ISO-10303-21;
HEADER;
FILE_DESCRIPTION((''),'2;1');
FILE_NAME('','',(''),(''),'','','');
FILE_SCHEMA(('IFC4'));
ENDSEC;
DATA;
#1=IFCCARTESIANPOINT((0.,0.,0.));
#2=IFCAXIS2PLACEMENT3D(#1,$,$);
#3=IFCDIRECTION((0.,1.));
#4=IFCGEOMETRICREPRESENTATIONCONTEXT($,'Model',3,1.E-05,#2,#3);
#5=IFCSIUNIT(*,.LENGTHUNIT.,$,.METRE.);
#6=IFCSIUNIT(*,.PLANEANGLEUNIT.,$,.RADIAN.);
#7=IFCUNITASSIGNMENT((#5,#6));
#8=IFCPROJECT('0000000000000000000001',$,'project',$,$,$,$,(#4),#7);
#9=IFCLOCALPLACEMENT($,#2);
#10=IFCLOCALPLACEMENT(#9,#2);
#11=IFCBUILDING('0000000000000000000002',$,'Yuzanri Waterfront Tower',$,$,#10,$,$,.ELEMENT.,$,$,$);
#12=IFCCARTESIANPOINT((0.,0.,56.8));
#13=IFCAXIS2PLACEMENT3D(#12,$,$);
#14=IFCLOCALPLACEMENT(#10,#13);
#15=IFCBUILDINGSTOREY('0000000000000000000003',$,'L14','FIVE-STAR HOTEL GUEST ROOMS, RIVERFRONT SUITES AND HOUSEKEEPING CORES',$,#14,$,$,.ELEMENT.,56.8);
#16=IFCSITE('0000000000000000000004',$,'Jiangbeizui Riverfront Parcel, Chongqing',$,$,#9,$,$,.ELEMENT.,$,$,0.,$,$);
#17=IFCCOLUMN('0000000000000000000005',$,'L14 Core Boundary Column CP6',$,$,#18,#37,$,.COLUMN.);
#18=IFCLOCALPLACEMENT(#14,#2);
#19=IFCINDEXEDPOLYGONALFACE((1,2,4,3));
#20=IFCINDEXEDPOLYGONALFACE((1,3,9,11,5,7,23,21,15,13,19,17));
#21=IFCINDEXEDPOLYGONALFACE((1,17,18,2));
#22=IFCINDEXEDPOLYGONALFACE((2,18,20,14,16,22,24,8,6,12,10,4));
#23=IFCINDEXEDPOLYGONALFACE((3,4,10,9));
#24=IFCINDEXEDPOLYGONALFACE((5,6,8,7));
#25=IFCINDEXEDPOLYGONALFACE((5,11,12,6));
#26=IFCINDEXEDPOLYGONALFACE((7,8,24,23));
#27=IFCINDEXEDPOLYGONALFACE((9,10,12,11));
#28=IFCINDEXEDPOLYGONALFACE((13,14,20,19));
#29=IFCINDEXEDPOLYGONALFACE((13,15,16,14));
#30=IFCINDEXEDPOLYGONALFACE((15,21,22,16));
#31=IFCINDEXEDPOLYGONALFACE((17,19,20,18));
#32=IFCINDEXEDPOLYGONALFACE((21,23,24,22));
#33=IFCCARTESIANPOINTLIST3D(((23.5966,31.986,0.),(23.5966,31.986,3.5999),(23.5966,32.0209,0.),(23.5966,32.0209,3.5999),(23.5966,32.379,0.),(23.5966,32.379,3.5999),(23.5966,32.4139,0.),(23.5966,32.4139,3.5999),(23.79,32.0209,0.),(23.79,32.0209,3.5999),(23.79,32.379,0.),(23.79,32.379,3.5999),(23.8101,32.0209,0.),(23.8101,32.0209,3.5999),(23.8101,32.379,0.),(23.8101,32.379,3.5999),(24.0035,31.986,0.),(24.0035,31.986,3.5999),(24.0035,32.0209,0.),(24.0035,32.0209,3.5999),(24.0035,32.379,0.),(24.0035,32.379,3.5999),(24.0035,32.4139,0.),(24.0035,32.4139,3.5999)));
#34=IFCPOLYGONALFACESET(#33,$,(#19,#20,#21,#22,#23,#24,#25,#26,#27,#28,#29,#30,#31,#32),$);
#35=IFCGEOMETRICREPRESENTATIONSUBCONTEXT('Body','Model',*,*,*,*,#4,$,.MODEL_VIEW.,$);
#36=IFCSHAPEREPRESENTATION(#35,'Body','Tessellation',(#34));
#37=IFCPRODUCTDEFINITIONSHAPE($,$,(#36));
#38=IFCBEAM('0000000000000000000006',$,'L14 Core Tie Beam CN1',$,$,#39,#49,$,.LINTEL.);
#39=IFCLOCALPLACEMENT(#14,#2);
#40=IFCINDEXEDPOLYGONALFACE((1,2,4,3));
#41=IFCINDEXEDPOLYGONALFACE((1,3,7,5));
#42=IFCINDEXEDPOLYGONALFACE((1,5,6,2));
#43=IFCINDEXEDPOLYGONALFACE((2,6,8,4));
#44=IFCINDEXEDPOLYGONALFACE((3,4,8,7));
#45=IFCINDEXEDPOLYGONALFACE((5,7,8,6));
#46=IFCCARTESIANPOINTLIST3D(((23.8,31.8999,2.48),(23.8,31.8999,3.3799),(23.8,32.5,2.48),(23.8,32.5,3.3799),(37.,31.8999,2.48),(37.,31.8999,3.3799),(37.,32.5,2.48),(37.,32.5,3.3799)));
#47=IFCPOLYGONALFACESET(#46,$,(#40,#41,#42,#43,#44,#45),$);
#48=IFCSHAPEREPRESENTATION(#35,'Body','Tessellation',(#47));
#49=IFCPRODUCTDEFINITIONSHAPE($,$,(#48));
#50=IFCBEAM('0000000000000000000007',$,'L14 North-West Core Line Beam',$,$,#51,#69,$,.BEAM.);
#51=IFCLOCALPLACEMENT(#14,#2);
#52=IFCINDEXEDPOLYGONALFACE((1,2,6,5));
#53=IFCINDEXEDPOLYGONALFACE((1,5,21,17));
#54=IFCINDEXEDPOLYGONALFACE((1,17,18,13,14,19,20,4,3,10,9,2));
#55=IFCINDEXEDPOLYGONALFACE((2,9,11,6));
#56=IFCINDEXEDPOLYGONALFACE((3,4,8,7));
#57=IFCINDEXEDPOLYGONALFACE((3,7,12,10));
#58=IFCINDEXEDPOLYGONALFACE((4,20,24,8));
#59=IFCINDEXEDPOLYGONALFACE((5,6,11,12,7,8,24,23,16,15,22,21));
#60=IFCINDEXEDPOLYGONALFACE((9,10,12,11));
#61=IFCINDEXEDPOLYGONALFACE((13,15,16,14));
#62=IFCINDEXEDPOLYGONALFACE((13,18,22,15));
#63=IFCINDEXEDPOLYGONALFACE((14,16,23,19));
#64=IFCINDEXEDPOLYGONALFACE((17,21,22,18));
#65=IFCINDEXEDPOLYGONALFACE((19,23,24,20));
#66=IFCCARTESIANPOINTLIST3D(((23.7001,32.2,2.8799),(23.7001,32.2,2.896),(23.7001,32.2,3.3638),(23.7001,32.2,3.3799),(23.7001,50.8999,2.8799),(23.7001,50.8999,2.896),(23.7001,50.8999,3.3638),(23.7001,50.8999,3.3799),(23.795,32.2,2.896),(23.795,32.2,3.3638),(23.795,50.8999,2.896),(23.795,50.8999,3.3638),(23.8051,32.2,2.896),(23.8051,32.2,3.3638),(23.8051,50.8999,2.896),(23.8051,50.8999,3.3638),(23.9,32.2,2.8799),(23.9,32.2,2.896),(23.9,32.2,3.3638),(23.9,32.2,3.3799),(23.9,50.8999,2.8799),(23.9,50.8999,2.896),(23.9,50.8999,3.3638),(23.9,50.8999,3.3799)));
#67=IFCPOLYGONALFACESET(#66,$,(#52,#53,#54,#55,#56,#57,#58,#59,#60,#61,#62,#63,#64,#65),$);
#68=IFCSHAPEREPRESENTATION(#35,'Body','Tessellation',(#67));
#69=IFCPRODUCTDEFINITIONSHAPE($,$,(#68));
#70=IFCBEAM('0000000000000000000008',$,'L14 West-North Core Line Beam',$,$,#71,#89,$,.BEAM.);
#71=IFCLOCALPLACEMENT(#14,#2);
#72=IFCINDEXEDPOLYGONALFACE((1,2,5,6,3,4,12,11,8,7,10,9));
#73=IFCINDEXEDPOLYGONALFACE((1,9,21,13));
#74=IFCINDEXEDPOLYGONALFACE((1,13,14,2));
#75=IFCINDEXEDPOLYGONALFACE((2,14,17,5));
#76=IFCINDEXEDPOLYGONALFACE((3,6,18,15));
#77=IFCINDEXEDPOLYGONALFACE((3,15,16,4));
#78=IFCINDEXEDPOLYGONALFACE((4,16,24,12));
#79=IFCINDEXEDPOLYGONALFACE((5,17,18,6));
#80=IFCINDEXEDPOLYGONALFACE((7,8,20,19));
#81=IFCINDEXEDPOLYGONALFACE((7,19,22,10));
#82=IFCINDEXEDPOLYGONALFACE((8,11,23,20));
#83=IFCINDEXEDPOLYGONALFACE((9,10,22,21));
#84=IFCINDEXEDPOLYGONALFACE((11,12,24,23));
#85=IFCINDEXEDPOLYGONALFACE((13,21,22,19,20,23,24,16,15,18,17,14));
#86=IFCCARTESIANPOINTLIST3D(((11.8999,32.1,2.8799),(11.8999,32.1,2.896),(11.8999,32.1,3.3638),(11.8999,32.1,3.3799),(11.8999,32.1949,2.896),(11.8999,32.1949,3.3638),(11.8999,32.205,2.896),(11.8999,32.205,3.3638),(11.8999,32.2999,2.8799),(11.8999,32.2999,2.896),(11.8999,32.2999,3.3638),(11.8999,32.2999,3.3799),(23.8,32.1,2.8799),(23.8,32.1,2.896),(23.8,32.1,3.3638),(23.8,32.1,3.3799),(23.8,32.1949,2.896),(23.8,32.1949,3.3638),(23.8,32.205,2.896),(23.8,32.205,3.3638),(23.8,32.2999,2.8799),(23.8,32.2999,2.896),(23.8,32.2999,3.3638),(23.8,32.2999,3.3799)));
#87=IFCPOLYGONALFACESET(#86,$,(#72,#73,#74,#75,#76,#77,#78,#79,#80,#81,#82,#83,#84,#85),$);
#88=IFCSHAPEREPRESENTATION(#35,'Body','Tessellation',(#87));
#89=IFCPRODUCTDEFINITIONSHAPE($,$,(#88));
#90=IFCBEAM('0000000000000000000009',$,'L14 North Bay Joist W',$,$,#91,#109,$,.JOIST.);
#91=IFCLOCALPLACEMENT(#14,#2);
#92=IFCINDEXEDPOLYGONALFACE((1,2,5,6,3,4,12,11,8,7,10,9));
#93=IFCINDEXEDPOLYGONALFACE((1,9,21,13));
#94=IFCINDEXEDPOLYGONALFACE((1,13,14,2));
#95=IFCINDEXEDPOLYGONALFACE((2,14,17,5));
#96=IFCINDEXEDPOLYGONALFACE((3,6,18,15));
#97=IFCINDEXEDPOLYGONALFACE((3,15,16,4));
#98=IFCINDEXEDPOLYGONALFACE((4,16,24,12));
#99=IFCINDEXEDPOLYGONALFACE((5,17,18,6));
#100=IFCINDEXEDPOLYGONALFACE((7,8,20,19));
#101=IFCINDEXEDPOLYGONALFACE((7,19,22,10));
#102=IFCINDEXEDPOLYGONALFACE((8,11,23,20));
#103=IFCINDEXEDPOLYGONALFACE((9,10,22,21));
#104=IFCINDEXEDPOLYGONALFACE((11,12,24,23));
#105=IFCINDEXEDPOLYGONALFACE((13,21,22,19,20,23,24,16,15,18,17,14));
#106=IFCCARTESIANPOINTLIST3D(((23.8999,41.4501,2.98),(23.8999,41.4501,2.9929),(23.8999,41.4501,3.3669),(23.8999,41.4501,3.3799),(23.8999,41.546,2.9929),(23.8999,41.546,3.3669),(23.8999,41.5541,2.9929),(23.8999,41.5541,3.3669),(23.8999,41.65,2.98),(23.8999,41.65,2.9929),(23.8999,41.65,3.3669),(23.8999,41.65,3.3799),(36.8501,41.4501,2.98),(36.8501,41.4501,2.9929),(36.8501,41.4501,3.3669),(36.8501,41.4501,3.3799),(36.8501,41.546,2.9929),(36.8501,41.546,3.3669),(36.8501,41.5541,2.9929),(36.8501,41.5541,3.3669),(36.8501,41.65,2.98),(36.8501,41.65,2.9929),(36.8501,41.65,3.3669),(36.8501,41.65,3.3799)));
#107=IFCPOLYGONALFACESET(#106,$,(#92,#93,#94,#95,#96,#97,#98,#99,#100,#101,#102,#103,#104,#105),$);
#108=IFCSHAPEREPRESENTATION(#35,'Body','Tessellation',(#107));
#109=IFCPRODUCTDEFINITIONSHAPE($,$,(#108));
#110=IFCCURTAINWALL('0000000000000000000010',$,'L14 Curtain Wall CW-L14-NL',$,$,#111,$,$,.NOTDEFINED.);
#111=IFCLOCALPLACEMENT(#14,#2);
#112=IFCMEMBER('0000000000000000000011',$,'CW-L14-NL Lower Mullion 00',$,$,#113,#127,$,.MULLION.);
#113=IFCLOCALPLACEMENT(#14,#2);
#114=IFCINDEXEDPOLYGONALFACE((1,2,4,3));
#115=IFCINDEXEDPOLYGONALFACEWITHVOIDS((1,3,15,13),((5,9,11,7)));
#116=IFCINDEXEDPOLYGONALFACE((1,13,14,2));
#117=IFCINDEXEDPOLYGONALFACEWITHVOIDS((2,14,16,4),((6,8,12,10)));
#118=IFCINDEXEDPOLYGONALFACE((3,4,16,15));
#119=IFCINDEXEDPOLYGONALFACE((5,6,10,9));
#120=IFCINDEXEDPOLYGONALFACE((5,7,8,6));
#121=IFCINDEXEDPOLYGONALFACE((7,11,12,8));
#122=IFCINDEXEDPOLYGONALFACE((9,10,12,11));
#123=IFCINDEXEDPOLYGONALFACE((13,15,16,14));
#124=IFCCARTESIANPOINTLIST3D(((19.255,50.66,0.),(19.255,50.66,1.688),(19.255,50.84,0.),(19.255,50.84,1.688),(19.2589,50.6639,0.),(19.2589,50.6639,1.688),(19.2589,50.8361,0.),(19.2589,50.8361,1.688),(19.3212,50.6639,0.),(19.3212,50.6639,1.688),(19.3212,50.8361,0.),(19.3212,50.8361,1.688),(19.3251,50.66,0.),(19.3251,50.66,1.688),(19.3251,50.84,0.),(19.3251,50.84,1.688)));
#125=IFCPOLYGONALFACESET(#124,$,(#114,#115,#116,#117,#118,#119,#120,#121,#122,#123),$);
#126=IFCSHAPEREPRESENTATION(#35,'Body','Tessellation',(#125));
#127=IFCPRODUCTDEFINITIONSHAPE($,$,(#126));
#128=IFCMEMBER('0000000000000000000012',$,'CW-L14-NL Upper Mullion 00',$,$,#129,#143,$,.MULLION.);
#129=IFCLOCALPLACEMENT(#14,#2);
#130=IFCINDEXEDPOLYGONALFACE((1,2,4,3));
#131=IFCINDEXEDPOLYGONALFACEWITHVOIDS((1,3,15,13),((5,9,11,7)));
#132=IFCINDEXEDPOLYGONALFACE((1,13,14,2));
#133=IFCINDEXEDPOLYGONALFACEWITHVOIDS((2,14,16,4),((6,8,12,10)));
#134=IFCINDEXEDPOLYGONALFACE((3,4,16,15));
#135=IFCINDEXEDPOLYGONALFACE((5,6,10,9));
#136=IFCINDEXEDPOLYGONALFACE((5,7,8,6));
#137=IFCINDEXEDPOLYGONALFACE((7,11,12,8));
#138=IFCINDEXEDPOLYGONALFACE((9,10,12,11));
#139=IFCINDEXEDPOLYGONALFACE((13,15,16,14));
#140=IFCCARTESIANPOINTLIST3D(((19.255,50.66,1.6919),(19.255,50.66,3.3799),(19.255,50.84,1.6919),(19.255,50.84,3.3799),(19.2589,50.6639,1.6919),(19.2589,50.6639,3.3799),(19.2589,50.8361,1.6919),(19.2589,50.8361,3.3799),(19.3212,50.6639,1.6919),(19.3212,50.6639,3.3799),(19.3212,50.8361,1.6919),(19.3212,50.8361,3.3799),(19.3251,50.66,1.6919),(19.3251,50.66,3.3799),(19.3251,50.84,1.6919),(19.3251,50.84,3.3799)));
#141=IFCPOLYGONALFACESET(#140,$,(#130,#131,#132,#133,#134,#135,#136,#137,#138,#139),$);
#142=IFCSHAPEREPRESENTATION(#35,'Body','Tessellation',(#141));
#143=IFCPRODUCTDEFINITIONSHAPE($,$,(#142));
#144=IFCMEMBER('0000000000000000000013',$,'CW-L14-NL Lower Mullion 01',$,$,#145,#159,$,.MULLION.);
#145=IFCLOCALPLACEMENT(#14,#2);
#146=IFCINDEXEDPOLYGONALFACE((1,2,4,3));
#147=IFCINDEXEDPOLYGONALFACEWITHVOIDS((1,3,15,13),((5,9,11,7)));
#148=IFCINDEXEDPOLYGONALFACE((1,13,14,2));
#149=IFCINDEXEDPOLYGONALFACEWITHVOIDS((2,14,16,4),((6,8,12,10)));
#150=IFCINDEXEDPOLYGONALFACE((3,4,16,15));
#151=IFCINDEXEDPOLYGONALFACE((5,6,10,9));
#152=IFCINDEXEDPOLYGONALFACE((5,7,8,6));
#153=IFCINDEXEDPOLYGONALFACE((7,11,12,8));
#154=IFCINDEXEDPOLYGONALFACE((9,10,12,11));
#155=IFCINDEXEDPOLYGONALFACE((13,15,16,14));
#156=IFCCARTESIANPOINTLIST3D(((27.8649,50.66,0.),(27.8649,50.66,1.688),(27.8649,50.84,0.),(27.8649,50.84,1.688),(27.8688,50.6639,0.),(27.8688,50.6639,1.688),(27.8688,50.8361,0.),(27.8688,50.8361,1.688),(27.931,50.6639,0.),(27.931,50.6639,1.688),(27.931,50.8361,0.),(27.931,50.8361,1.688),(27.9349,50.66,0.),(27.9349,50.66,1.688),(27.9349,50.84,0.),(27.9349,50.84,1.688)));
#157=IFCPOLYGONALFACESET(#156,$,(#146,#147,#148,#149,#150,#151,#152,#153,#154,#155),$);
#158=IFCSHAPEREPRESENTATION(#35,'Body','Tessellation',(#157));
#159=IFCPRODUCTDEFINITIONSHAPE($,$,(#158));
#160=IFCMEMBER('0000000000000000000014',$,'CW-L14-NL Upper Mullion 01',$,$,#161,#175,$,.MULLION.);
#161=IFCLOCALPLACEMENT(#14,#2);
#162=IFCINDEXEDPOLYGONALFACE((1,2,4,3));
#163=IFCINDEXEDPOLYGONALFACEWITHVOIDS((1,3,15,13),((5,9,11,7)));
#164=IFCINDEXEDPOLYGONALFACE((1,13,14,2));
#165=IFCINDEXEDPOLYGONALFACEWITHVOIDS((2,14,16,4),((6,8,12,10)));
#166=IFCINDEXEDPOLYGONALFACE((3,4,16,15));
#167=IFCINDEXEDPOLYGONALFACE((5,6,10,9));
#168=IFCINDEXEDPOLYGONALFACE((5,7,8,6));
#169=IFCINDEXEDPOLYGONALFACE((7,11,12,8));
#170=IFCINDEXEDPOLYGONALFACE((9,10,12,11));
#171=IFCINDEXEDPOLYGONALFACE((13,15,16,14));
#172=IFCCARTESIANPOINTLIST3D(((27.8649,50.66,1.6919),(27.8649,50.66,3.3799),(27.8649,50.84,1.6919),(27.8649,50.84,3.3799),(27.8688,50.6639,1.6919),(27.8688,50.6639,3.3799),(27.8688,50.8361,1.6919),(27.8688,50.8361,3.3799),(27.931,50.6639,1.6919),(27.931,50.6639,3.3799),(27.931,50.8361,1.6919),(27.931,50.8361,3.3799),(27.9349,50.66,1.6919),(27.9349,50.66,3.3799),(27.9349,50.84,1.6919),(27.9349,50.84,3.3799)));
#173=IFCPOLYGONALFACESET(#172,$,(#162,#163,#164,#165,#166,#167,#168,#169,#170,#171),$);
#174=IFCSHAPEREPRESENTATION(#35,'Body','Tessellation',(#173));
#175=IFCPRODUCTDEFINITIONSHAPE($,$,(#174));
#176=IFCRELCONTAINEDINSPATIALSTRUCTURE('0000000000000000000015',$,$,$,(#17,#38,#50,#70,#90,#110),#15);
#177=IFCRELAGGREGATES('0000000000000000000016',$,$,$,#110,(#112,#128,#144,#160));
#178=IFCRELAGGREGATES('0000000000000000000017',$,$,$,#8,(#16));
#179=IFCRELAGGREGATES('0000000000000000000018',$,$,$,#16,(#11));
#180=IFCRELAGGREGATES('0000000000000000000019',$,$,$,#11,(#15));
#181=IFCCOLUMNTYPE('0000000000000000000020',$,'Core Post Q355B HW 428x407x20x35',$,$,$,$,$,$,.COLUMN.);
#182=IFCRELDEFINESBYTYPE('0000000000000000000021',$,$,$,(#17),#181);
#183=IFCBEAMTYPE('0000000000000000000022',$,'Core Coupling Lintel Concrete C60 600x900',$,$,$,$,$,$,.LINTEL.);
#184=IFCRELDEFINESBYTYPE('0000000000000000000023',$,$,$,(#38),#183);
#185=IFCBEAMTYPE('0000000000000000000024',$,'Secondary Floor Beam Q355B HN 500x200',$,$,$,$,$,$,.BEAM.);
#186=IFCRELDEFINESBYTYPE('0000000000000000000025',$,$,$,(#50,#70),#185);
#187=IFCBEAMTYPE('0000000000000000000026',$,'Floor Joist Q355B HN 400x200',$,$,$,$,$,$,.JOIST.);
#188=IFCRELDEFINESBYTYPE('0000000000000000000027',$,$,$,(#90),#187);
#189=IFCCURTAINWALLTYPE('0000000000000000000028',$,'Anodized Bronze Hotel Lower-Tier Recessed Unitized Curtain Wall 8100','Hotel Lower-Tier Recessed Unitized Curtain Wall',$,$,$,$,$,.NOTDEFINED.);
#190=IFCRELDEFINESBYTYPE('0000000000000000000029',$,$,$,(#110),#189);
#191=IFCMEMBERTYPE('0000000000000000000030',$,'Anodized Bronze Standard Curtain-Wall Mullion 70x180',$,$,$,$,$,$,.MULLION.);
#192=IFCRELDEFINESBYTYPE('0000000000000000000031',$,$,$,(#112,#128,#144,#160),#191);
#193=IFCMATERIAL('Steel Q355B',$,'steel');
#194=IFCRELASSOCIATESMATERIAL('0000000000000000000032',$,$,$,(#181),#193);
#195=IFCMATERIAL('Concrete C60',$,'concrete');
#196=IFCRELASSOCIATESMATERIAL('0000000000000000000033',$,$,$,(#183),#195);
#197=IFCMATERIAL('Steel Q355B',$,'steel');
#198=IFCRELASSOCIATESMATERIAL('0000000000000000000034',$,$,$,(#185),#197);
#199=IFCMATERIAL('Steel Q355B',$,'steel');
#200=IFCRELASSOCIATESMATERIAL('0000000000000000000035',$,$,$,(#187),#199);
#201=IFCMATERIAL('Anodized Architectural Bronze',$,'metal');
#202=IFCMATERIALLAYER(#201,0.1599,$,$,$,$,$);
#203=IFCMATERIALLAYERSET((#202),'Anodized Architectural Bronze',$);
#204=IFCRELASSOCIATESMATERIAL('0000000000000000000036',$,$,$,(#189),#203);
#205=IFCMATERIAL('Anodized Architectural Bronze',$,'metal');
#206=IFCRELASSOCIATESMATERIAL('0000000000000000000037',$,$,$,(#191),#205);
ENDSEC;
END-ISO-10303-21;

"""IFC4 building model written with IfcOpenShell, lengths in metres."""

from ifc_helpers import new_model, si_unit, direction, frame, origin, origin_2d, place, context, subcontext, project, spatial, rectangle, hollow_rectangle, i_section, extrude, source, transform, mapped, material, layer, layer_set, material_profile, profile_set, type_object, element, aggregate, save


model = new_model("IFC4")

# Units and contexts
model_context = context("Model", 3, precision=1e-05, world=origin(), true_north=direction((0.0, 1.0)))
body_context = subcontext(model_context, "Body", "Model", "MODEL_VIEW")
ifc_project = project(units=[si_unit("LENGTHUNIT", "METRE"), si_unit("PLANEANGLEUNIT", "RADIAN")], contexts=[model_context])

# Site, building, storey
site_placement = place(None, origin())
site = spatial("IfcSite", under=ifc_project, at=site_placement, Name="Jiangbeizui Riverfront Parcel, Chongqing", CompositionType="ELEMENT", RefElevation=0.0)
building_placement = place(site_placement, origin())
building = spatial("IfcBuilding", under=site, at=building_placement, Name="Yuzanri Waterfront Tower", CompositionType="ELEMENT")
storey_placement = place(building_placement, frame((0.0, 0.0, 56.8)))
storey = spatial("IfcBuildingStorey", under=building, at=storey_placement, Name="L14", Description="FIVE-STAR HOTEL GUEST ROOMS, RIVERFRONT SUITES AND HOUSEKEEPING CORES", CompositionType="ELEMENT", Elevation=56.8)

# Column
ifc_material_1 = material(Name="Steel Q355B", Category="steel")
ifc_material_profile_1 = material_profile(ifc_material_1, i_section(OverallWidth=0.407, OverallDepth=0.428, WebThickness=0.02, FlangeThickness=0.0349, at=origin_2d()), Name="HW 428x407x20x35")
ifc_profile_set_1 = profile_set([ifc_material_profile_1], Name="Steel Q355B")
column_type = type_object("IfcColumnType", Name="Core Post Q355B HW 428x407x20x35", PredefinedType="COLUMN", material=ifc_profile_set_1)
shared_shape_1 = source(origin(), body_context, "Body", "SweptSolid", [
    extrude(i_section(OverallWidth=0.407, OverallDepth=0.428, WebThickness=0.02, FlangeThickness=0.0349, at=origin_2d()), origin(), (0.0, 0.0, 1.0), 3.5999),
])
column_placement = place(storey_placement, frame((23.8, 32.2, 0.0), z_axis=(0.0, 0.0, 1.0), x_axis=(1.0, 0.0, 0.0)))
element("IfcColumn", 1, at=column_placement, inside=storey, type_object=column_type, Name="L14 Core Boundary Column CP6", PredefinedType="COLUMN", context=body_context, shape_type="MappedRepresentation", body=[
    mapped(shared_shape_1, transform((0.0, 0.0, 0.0), scale=1.0)),
])

# Beams
ifc_material_2 = material(Name="Concrete C60", Category="concrete")
ifc_material_profile_2 = material_profile(ifc_material_2, rectangle(XDim=0.6001, YDim=0.8999, at=origin_2d()), Name="RC 600x900")
ifc_profile_set_2 = profile_set([ifc_material_profile_2], Name="Concrete C60")
beam_type_1 = type_object("IfcBeamType", Name="Core Coupling Lintel Concrete C60 600x900", PredefinedType="LINTEL", material=ifc_profile_set_2)
shared_shape_2 = source(origin(), body_context, "Body", "SweptSolid", [
    extrude(rectangle(XDim=0.6001, YDim=0.8999, at=origin_2d()), origin(), (0.0, 0.0, 1.0), 13.2),
])
beam_1_placement = place(storey_placement, frame((23.8, 32.2, 2.9299), z_axis=(1.0, 0.0, 0.0), x_axis=(0.0, 1.0, 0.0)))
element("IfcBeam", 2, at=beam_1_placement, inside=storey, type_object=beam_type_1, Name="L14 Core Tie Beam CN1", PredefinedType="LINTEL", context=body_context, shape_type="MappedRepresentation", body=[
    mapped(shared_shape_2, transform((0.0, 0.0, 0.0), scale=1.0)),
])
ifc_material_3 = material(Name="Steel Q355B", Category="steel")
ifc_material_profile_3 = material_profile(ifc_material_3, i_section(OverallWidth=0.2, OverallDepth=0.5, WebThickness=0.01, FlangeThickness=0.0161, at=origin_2d()), Name="HN 500x200x10x16")
ifc_profile_set_3 = profile_set([ifc_material_profile_3], Name="Steel Q355B")
beam_type_2 = type_object("IfcBeamType", Name="Secondary Floor Beam Q355B HN 500x200", PredefinedType="BEAM", material=ifc_profile_set_3)
shared_shape_3 = source(origin(), body_context, "Body", "SweptSolid", [
    extrude(i_section(OverallWidth=0.2, OverallDepth=0.5, WebThickness=0.01, FlangeThickness=0.0161, at=origin_2d()), origin(), (0.0, 0.0, 1.0), 18.7),
])
beam_2_placement = place(storey_placement, frame((23.8, 32.2, 3.1299), z_axis=(0.0, 1.0, 0.0), x_axis=(-1.0, 0.0, 0.0)))
element("IfcBeam", 3, at=beam_2_placement, inside=storey, type_object=beam_type_2, Name="L14 North-West Core Line Beam", PredefinedType="BEAM", context=body_context, shape_type="MappedRepresentation", body=[
    mapped(shared_shape_3, transform((0.0, 0.0, 0.0), scale=1.0)),
])
shared_shape_4 = source(origin(), body_context, "Body", "SweptSolid", [
    extrude(i_section(OverallWidth=0.2, OverallDepth=0.5, WebThickness=0.01, FlangeThickness=0.0161, at=origin_2d()), origin(), (0.0, 0.0, 1.0), 11.9001),
])
beam_3_placement = place(storey_placement, frame((23.8, 32.2, 3.1299), z_axis=(-1.0, 0.0, 0.0), x_axis=(0.0, -1.0, 0.0)))
element("IfcBeam", 4, at=beam_3_placement, inside=storey, type_object=beam_type_2, Name="L14 West-North Core Line Beam", PredefinedType="BEAM", context=body_context, shape_type="MappedRepresentation", body=[
    mapped(shared_shape_4, transform((0.0, 0.0, 0.0), scale=1.0)),
])
ifc_material_4 = material(Name="Steel Q355B", Category="steel")
ifc_material_profile_4 = material_profile(ifc_material_4, i_section(OverallWidth=0.2, OverallDepth=0.3999, WebThickness=0.0081, FlangeThickness=0.0129, at=origin_2d()), Name="HN 400x200x8x13")
ifc_profile_set_4 = profile_set([ifc_material_profile_4], Name="Steel Q355B")
beam_type_3 = type_object("IfcBeamType", Name="Floor Joist Q355B HN 400x200", PredefinedType="JOIST", material=ifc_profile_set_4)
shared_shape_5 = source(origin(), body_context, "Body", "SweptSolid", [
    extrude(i_section(OverallWidth=0.2, OverallDepth=0.3999, WebThickness=0.0081, FlangeThickness=0.0129, at=origin_2d()), origin(), (0.0, 0.0, 1.0), 12.9502),
])
beam_4_placement = place(storey_placement, frame((23.8999, 41.55, 3.1799), z_axis=(1.0, 0.0, 0.0), x_axis=(0.0, 1.0, 0.0)))
element("IfcBeam", 5, at=beam_4_placement, inside=storey, type_object=beam_type_3, Name="L14 North Bay Joist W", PredefinedType="JOIST", context=body_context, shape_type="MappedRepresentation", body=[
    mapped(shared_shape_5, transform((0.0, 0.0, 0.0), scale=1.0)),
])

# Curtain wall, members
ifc_material_5 = material(Name="Anodized Architectural Bronze", Category="metal")
ifc_layer_1 = layer(ifc_material_5, 0.1599)
ifc_layer_set_1 = layer_set([ifc_layer_1], Name="Anodized Architectural Bronze")
curtain_wall_type = type_object("IfcCurtainWallType", Name="Anodized Bronze Hotel Lower-Tier Recessed Unitized Curtain Wall 8100", Description="Hotel Lower-Tier Recessed Unitized Curtain Wall", PredefinedType="NOTDEFINED", material=ifc_layer_set_1)
curtain_wall_placement = place(storey_placement, origin())
curtain_wall = element("IfcCurtainWall", 6, at=curtain_wall_placement, inside=storey, type_object=curtain_wall_type, Name="L14 Curtain Wall CW-L14-NL", PredefinedType="NOTDEFINED")
ifc_material_6 = material(Name="Anodized Architectural Bronze", Category="metal")
ifc_material_profile_5 = material_profile(ifc_material_6, hollow_rectangle(XDim=0.0701, YDim=0.1799, WallThickness=0.0039, at=origin_2d()), Name="CWM 70x180")
ifc_profile_set_5 = profile_set([ifc_material_profile_5], Name="Anodized Architectural Bronze")
member_type_1 = type_object("IfcMemberType", Name="Anodized Bronze Standard Curtain-Wall Mullion 70x180", PredefinedType="MULLION", material=ifc_profile_set_5)
shared_shape_6 = source(origin(), body_context, "Body", "SweptSolid", [
    extrude(hollow_rectangle(XDim=0.0701, YDim=0.1799, WallThickness=0.0039, at=origin_2d()), origin(), (0.0, 0.0, 1.0), 1.688),
])
member_1_placement = place(storey_placement, frame((19.29, 50.75, 0.0), z_axis=(0.0, 0.0, 1.0), x_axis=(1.0, 0.0, 0.0)))
member_1 = element("IfcMember", 7, at=member_1_placement, type_object=member_type_1, Name="CW-L14-NL Lower Mullion 00", PredefinedType="MULLION", context=body_context, shape_type="MappedRepresentation", body=[
    mapped(shared_shape_6, transform((0.0, 0.0, 0.0), scale=1.0)),
])
member_2_placement = place(storey_placement, frame((19.29, 50.75, 1.6919), z_axis=(0.0, 0.0, 1.0), x_axis=(1.0, 0.0, 0.0)))
member_2 = element("IfcMember", 8, at=member_2_placement, type_object=member_type_1, Name="CW-L14-NL Upper Mullion 00", PredefinedType="MULLION", context=body_context, shape_type="MappedRepresentation", body=[
    mapped(shared_shape_6, transform((0.0, 0.0, 0.0), scale=1.0)),
])
member_3_placement = place(storey_placement, frame((27.8999, 50.75, 0.0), z_axis=(0.0, 0.0, 1.0), x_axis=(1.0, 0.0, 0.0)))
member_3 = element("IfcMember", 9, at=member_3_placement, type_object=member_type_1, Name="CW-L14-NL Lower Mullion 01", PredefinedType="MULLION", context=body_context, shape_type="MappedRepresentation", body=[
    mapped(shared_shape_6, transform((0.0, 0.0, 0.0), scale=1.0)),
])
member_4_placement = place(storey_placement, frame((27.8999, 50.75, 1.6919), z_axis=(0.0, 0.0, 1.0), x_axis=(1.0, 0.0, 0.0)))
member_4 = element("IfcMember", 10, at=member_4_placement, type_object=member_type_1, Name="CW-L14-NL Upper Mullion 01", PredefinedType="MULLION", context=body_context, shape_type="MappedRepresentation", body=[
    mapped(shared_shape_6, transform((0.0, 0.0, 0.0), scale=1.0)),
])

aggregate(curtain_wall, [member_1, member_2, member_3, member_4])

save(model, "model.ifc")
